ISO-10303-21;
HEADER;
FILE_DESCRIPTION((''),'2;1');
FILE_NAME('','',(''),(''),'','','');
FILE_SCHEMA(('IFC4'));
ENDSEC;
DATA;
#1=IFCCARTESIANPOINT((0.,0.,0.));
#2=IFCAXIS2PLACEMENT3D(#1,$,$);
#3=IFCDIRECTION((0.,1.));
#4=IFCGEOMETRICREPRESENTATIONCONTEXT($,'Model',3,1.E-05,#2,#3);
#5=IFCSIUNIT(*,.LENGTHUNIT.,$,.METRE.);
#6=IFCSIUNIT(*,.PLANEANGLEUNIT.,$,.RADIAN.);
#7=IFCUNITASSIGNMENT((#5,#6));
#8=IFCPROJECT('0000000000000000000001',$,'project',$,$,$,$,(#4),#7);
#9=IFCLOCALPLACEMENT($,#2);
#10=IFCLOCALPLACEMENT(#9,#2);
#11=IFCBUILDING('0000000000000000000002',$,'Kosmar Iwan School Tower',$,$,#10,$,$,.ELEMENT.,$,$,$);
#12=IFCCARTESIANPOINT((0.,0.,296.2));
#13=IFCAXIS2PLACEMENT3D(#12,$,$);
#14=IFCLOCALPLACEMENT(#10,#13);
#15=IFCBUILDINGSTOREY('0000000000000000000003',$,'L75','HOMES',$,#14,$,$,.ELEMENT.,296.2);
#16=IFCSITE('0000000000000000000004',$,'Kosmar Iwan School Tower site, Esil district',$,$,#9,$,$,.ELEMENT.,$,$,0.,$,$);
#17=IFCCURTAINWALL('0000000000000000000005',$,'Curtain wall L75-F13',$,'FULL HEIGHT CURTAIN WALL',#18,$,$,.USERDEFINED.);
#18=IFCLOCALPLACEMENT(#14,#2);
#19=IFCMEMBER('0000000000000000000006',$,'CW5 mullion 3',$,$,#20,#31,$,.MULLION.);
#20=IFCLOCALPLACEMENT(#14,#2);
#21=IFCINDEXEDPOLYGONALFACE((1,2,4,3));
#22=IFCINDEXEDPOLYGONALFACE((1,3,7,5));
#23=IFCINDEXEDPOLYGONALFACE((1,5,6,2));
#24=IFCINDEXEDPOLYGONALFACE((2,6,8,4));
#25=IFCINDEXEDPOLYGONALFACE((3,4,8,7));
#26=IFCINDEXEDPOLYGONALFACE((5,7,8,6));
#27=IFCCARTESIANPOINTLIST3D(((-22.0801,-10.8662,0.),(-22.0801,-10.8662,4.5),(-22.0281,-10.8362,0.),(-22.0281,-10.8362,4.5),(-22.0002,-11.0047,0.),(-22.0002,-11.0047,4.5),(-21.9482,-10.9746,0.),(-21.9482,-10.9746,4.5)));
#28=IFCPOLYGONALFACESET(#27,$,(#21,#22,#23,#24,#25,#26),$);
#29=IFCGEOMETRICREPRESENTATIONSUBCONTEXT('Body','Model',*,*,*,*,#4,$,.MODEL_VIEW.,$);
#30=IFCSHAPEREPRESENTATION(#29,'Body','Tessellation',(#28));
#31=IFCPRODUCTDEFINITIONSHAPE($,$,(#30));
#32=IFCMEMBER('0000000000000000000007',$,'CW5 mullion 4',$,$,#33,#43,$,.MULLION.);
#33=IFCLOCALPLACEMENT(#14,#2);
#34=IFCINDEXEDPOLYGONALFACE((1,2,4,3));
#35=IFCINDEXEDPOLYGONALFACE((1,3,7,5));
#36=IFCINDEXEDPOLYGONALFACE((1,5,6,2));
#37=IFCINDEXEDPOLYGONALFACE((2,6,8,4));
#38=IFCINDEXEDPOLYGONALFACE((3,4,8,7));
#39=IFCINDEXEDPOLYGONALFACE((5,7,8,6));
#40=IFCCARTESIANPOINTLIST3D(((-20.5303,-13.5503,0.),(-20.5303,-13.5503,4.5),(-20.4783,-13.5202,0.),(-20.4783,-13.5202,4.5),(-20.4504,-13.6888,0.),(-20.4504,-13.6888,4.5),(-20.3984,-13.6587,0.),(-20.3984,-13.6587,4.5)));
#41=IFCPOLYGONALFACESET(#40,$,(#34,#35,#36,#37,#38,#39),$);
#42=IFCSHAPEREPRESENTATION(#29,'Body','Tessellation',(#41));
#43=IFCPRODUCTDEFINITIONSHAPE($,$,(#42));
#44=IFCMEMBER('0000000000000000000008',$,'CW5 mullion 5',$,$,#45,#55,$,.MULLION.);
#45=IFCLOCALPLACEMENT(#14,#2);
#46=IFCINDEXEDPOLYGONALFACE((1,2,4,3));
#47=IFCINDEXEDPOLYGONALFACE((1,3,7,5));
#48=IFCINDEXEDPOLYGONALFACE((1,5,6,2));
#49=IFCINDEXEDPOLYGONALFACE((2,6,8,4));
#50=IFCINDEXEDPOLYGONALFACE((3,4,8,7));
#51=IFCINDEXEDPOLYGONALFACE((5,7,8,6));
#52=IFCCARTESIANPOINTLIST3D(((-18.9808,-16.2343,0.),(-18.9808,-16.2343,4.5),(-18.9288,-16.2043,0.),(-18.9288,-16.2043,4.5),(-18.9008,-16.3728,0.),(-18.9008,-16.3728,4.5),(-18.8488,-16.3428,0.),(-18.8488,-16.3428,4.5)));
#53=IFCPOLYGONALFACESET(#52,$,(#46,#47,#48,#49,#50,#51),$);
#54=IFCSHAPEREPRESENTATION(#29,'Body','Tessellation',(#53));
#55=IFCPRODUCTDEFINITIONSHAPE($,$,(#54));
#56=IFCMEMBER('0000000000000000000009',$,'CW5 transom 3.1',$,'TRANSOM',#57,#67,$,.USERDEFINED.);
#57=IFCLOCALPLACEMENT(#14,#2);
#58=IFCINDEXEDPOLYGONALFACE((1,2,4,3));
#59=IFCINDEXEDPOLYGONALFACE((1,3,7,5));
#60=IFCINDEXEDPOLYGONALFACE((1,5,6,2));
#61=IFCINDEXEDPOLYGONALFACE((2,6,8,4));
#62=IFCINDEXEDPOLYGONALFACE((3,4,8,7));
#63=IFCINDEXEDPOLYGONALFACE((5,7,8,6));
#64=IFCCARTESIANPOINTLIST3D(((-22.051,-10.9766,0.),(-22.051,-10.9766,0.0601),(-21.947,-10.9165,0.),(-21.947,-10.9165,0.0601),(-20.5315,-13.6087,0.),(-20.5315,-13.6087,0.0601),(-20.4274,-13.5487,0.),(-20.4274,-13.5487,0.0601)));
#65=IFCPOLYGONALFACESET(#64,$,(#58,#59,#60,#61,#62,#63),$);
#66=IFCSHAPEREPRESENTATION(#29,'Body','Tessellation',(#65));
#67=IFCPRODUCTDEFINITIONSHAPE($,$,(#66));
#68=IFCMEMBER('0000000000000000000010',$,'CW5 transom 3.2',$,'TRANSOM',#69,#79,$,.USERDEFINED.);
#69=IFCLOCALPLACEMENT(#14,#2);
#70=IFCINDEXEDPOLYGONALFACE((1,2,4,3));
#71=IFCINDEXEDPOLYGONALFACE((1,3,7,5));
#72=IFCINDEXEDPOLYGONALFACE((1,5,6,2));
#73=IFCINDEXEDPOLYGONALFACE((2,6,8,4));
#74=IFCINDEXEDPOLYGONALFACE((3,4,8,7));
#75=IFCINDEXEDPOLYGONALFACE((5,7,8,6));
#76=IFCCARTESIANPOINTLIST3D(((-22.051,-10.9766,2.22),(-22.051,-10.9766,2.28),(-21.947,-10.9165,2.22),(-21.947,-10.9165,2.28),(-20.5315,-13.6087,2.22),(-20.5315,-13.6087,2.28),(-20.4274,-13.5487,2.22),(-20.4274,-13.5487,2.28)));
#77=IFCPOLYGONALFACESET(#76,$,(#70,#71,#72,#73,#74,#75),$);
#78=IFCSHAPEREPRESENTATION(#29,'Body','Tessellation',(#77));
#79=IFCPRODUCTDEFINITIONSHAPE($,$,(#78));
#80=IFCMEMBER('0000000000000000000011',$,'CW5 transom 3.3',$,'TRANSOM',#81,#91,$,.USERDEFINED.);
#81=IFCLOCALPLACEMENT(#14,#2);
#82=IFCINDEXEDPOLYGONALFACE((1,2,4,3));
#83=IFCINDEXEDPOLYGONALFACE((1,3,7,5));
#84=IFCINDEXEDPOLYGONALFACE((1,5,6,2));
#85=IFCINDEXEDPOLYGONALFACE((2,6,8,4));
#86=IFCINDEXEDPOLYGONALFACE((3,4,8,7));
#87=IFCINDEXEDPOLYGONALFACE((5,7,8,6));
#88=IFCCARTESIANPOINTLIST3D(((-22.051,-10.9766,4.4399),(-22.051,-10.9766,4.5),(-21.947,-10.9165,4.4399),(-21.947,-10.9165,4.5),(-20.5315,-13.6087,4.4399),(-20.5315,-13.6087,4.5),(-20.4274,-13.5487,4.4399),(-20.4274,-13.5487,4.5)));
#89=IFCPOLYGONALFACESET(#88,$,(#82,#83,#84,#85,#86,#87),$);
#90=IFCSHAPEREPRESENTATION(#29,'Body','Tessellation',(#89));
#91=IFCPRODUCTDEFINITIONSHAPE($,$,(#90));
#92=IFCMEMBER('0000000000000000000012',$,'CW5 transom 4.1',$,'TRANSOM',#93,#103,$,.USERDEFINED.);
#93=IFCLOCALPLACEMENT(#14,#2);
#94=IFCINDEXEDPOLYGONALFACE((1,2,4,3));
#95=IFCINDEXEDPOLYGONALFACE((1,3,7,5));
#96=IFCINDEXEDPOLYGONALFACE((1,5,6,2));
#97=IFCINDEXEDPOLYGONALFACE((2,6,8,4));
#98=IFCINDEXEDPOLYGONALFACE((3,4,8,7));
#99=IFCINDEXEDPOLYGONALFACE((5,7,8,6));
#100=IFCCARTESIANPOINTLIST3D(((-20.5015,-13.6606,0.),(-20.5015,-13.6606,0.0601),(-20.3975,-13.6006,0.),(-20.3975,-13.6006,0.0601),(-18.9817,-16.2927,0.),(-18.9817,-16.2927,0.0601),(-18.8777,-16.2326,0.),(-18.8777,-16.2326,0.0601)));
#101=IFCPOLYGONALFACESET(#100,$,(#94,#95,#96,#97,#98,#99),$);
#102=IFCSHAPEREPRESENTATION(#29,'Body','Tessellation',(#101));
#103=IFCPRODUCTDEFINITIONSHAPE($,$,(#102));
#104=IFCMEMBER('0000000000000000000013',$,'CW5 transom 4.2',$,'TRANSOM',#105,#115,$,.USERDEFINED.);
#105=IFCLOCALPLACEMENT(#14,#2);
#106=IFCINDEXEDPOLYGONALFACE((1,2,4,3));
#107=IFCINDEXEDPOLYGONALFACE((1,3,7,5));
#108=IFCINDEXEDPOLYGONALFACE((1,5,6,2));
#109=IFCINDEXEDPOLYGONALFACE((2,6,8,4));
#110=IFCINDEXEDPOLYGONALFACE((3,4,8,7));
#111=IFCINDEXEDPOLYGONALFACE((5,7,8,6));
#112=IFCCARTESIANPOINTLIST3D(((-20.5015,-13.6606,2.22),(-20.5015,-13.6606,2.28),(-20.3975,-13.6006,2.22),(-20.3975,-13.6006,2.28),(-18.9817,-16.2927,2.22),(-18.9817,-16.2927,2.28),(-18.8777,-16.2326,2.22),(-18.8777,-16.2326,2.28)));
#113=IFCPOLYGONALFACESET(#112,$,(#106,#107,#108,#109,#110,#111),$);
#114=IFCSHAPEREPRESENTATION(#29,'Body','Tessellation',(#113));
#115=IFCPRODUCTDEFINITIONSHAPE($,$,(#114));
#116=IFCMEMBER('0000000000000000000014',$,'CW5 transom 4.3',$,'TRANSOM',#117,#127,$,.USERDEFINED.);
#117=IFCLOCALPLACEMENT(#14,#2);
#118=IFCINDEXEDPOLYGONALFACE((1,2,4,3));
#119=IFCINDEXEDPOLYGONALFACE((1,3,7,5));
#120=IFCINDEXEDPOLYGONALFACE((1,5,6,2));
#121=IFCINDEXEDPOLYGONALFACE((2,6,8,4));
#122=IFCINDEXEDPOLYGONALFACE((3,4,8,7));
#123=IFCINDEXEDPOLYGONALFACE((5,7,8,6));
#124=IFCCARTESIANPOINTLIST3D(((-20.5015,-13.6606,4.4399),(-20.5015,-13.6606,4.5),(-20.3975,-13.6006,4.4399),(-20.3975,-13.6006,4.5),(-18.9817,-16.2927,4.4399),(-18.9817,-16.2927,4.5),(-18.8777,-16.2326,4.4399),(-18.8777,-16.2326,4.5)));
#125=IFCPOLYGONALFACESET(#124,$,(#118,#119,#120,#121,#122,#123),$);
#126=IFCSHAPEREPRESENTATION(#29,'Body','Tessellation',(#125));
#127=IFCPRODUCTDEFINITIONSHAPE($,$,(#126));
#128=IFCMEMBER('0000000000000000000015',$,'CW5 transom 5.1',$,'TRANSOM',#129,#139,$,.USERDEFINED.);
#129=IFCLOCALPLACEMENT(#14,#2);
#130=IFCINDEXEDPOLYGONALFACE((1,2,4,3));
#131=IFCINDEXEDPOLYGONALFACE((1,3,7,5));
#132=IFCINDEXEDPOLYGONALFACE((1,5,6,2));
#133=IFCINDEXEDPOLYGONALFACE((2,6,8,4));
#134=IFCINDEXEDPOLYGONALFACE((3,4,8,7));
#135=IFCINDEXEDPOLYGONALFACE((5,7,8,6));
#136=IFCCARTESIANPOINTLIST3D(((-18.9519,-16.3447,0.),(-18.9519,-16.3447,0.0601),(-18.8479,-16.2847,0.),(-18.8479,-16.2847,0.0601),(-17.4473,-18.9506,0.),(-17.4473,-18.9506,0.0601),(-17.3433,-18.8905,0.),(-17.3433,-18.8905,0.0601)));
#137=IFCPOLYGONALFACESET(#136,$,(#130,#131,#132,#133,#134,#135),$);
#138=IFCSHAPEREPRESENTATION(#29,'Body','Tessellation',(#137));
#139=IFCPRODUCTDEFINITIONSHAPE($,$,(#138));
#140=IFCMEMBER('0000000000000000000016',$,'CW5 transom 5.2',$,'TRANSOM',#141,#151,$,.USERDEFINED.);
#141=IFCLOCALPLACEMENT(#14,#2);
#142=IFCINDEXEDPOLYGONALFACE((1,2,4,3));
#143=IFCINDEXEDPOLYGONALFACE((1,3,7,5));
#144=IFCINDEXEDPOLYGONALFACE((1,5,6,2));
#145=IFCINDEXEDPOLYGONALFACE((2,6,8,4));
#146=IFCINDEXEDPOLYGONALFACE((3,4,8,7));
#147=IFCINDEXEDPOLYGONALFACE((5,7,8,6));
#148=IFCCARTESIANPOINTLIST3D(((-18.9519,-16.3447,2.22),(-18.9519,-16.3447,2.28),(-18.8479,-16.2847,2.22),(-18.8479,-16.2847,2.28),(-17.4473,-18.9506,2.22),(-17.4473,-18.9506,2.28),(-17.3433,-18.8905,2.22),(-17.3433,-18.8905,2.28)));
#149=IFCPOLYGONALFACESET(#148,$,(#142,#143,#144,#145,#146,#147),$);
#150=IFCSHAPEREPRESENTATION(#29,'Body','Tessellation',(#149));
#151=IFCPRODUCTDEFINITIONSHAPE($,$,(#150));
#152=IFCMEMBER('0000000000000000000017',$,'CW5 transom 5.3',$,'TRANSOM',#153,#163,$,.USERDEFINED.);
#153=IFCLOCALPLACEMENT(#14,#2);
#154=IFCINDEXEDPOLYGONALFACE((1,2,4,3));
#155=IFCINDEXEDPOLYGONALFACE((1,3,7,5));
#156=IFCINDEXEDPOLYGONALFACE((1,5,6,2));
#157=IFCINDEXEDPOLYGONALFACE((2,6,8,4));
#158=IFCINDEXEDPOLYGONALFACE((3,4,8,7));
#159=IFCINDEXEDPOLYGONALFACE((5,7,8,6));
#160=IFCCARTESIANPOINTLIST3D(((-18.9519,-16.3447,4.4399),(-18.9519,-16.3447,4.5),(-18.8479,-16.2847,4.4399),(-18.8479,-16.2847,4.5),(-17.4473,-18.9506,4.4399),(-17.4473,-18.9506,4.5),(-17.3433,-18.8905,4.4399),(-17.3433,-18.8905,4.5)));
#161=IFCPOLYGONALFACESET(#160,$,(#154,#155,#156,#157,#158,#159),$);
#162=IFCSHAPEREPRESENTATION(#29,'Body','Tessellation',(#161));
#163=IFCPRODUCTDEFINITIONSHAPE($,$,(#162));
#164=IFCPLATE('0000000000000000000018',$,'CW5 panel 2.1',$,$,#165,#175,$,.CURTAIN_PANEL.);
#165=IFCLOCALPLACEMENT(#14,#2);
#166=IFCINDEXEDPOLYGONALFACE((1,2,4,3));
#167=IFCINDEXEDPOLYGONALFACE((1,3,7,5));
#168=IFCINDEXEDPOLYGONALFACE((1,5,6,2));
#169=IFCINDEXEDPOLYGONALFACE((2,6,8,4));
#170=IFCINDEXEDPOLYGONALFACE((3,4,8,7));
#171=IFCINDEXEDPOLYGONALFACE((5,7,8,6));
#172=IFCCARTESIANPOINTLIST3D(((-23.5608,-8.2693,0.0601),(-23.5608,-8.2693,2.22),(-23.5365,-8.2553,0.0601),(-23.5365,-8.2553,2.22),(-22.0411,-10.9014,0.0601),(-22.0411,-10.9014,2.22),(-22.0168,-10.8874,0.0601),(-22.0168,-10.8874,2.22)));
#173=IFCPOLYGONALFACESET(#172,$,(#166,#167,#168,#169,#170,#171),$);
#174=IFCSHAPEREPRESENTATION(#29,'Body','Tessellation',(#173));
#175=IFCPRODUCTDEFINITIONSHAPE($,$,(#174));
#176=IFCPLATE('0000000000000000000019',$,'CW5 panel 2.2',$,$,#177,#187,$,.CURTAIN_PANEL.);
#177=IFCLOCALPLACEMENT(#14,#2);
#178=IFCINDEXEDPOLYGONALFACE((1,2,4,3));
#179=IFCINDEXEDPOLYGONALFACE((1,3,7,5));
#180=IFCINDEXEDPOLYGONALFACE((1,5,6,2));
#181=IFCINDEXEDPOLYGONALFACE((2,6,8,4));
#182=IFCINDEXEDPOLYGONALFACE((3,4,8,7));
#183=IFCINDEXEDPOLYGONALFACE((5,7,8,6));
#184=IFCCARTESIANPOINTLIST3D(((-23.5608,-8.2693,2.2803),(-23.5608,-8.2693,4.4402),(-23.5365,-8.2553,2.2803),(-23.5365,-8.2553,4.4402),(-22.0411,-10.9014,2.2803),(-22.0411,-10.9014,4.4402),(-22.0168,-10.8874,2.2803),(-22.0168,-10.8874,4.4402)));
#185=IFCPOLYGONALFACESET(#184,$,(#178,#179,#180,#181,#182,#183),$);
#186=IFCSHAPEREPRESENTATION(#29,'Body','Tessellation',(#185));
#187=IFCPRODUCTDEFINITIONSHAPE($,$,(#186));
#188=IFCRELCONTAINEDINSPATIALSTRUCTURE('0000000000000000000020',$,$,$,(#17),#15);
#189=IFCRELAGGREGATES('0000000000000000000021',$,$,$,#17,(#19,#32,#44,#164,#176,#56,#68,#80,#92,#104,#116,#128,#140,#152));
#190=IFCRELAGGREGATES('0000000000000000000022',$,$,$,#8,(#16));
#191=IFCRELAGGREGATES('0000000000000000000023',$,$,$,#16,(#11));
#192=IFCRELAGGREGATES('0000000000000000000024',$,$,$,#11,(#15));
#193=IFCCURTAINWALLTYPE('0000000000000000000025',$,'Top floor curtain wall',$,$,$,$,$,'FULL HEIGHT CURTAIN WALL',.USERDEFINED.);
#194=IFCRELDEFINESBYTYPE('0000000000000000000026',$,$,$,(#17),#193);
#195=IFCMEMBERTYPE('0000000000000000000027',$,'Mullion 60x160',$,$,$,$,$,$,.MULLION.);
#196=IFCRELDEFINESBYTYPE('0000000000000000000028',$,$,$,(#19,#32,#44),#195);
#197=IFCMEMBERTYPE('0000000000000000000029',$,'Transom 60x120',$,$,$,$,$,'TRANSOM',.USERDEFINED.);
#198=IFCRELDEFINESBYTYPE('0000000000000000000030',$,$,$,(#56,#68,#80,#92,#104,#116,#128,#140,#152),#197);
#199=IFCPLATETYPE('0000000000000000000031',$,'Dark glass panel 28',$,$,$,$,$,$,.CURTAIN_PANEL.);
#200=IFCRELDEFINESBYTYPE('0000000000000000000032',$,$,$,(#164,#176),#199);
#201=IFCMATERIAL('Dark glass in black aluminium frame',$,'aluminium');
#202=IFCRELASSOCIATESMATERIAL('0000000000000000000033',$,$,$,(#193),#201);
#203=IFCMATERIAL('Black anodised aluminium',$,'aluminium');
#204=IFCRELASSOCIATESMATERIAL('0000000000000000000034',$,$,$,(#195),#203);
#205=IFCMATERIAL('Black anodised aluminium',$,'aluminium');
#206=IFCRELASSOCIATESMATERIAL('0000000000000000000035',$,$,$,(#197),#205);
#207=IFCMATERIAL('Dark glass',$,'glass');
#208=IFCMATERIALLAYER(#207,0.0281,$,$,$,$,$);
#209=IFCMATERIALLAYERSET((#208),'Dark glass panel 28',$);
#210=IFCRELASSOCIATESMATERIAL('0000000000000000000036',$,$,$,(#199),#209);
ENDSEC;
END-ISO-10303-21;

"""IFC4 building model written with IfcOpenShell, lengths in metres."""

from ifc_helpers import new_model, si_unit, direction, frame, origin, origin_2d, place, context, subcontext, project, spatial, rectangle, extrude, material, layer, layer_set, material_profile, profile_set, type_object, element, aggregate, save


model = new_model("IFC4")

# Units and contexts
model_context = context("Model", 3, precision=1e-05, world=origin(), true_north=direction((0.0, 1.0)))
body_context = subcontext(model_context, "Body", "Model", "MODEL_VIEW")
ifc_project = project(units=[si_unit("LENGTHUNIT", "METRE"), si_unit("PLANEANGLEUNIT", "RADIAN")], contexts=[model_context])

# Site, building, storey
site_placement = place(None, origin())
site = spatial("IfcSite", under=ifc_project, at=site_placement, Name="Kosmar Iwan School Tower site, Esil district", CompositionType="ELEMENT", RefElevation=0.0)
building_placement = place(site_placement, origin())
building = spatial("IfcBuilding", under=site, at=building_placement, Name="Kosmar Iwan School Tower", CompositionType="ELEMENT")
storey_placement = place(building_placement, frame((0.0, 0.0, 296.2)))
storey = spatial("IfcBuildingStorey", under=building, at=storey_placement, Name="L75", Description="HOMES", CompositionType="ELEMENT", Elevation=296.2)

# Curtain wall, members, plates
ifc_material_1 = material(Name="Dark glass in black aluminium frame", Category="aluminium")
curtain_wall_type = type_object("IfcCurtainWallType", Name="Top floor curtain wall", ElementType="FULL HEIGHT CURTAIN WALL", PredefinedType="USERDEFINED", material=ifc_material_1)
curtain_wall_placement = place(storey_placement, origin())
curtain_wall = element("IfcCurtainWall", 1, at=curtain_wall_placement, inside=storey, type_object=curtain_wall_type, Name="Curtain wall L75-F13", ObjectType="FULL HEIGHT CURTAIN WALL", PredefinedType="USERDEFINED")
ifc_material_2 = material(Name="Black anodised aluminium", Category="aluminium")
ifc_material_profile_1 = material_profile(ifc_material_2, rectangle(XDim=0.0601, YDim=0.1599, at=origin_2d()), Name="MULLION 60x160")
ifc_profile_set_1 = profile_set([ifc_material_profile_1], Name="Black anodised aluminium")
member_type_1 = type_object("IfcMemberType", Name="Mullion 60x160", PredefinedType="MULLION", material=ifc_profile_set_1)
member_1_placement = place(storey_placement, frame((-22.0142, -10.9204, 0.0), z_axis=(0.0, 0.0, 1.0), x_axis=(0.866025, 0.5, 0.0)))
member_1 = element("IfcMember", 2, at=member_1_placement, type_object=member_type_1, Name="CW5 mullion 3", PredefinedType="MULLION", context=body_context, shape_type="SweptSolid", body=[
    extrude(rectangle(XDim=0.0601, YDim=0.1599, at=origin_2d()), origin(), (0.0, 0.0, 1.0), 4.5),
])
member_2_placement = place(storey_placement, frame((-20.4644, -13.6045, 0.0), z_axis=(0.0, 0.0, 1.0), x_axis=(0.866025, 0.5, 0.0)))
member_2 = element("IfcMember", 3, at=member_2_placement, type_object=member_type_1, Name="CW5 mullion 4", PredefinedType="MULLION", context=body_context, shape_type="SweptSolid", body=[
    extrude(rectangle(XDim=0.0601, YDim=0.1599, at=origin_2d()), origin(), (0.0, 0.0, 1.0), 4.5),
])
member_3_placement = place(storey_placement, frame((-18.9148, -16.2886, 0.0), z_axis=(0.0, 0.0, 1.0), x_axis=(0.866025, 0.5, 0.0)))
member_3 = element("IfcMember", 4, at=member_3_placement, type_object=member_type_1, Name="CW5 mullion 5", PredefinedType="MULLION", context=body_context, shape_type="SweptSolid", body=[
    extrude(rectangle(XDim=0.0601, YDim=0.1599, at=origin_2d()), origin(), (0.0, 0.0, 1.0), 4.5),
])
ifc_material_3 = material(Name="Black anodised aluminium", Category="aluminium")
ifc_material_profile_2 = material_profile(ifc_material_3, rectangle(XDim=0.1201, YDim=0.0601, at=origin_2d()), Name="TRANSOM 60x120")
ifc_profile_set_2 = profile_set([ifc_material_profile_2], Name="Black anodised aluminium")
member_type_2 = type_object("IfcMemberType", Name="Transom 60x120", ElementType="TRANSOM", PredefinedType="USERDEFINED", material=ifc_profile_set_2)
member_4_placement = place(storey_placement, frame((-21.999, -10.9465, 0.03), z_axis=(0.499975, -0.86604, 0.0), x_axis=(0.86604, 0.499975, 0.0)))
member_4 = element("IfcMember", 5, at=member_4_placement, type_object=member_type_2, Name="CW5 transom 3.1", ObjectType="TRANSOM", PredefinedType="USERDEFINED", context=body_context, shape_type="SweptSolid", body=[
    extrude(rectangle(XDim=0.1201, YDim=0.0601, at=origin_2d()), origin(), (0.0, 0.0, 1.0), 3.0393),
])
member_5_placement = place(storey_placement, frame((-21.999, -10.9465, 2.25), z_axis=(0.499975, -0.86604, 0.0), x_axis=(0.86604, 0.499975, 0.0)))
member_5 = element("IfcMember", 6, at=member_5_placement, type_object=member_type_2, Name="CW5 transom 3.2", ObjectType="TRANSOM", PredefinedType="USERDEFINED", context=body_context, shape_type="SweptSolid", body=[
    extrude(rectangle(XDim=0.1201, YDim=0.0601, at=origin_2d()), origin(), (0.0, 0.0, 1.0), 3.0393),
])
member_6_placement = place(storey_placement, frame((-21.999, -10.9465, 4.47), z_axis=(0.499975, -0.86604, 0.0), x_axis=(0.86604, 0.499975, 0.0)))
member_6 = element("IfcMember", 7, at=member_6_placement, type_object=member_type_2, Name="CW5 transom 3.3", ObjectType="TRANSOM", PredefinedType="USERDEFINED", context=body_context, shape_type="SweptSolid", body=[
    extrude(rectangle(XDim=0.1201, YDim=0.0601, at=origin_2d()), origin(), (0.0, 0.0, 1.0), 3.0393),
])
member_7_placement = place(storey_placement, frame((-20.4495, -13.6306, 0.03), z_axis=(0.500035, -0.866005, 0.0), x_axis=(0.866005, 0.500035, 0.0)))
member_7 = element("IfcMember", 8, at=member_7_placement, type_object=member_type_2, Name="CW5 transom 4.1", ObjectType="TRANSOM", PredefinedType="USERDEFINED", context=body_context, shape_type="SweptSolid", body=[
    extrude(rectangle(XDim=0.1201, YDim=0.0601, at=origin_2d()), origin(), (0.0, 0.0, 1.0), 3.0393),
])
member_8_placement = place(storey_placement, frame((-20.4495, -13.6306, 2.25), z_axis=(0.500035, -0.866005, 0.0), x_axis=(0.866005, 0.500035, 0.0)))
member_8 = element("IfcMember", 9, at=member_8_placement, type_object=member_type_2, Name="CW5 transom 4.2", ObjectType="TRANSOM", PredefinedType="USERDEFINED", context=body_context, shape_type="SweptSolid", body=[
    extrude(rectangle(XDim=0.1201, YDim=0.0601, at=origin_2d()), origin(), (0.0, 0.0, 1.0), 3.0393),
])
member_9_placement = place(storey_placement, frame((-20.4495, -13.6306, 4.47), z_axis=(0.500035, -0.866005, 0.0), x_axis=(0.866005, 0.500035, 0.0)))
member_9 = element("IfcMember", 10, at=member_9_placement, type_object=member_type_2, Name="CW5 transom 4.3", ObjectType="TRANSOM", PredefinedType="USERDEFINED", context=body_context, shape_type="SweptSolid", body=[
    extrude(rectangle(XDim=0.1201, YDim=0.0601, at=origin_2d()), origin(), (0.0, 0.0, 1.0), 3.0393),
])
member_10_placement = place(storey_placement, frame((-18.8999, -16.3147, 0.03), z_axis=(0.500022, -0.866013, 0.0), x_axis=(0.866013, 0.500022, 0.0)))
member_10 = element("IfcMember", 11, at=member_10_placement, type_object=member_type_2, Name="CW5 transom 5.1", ObjectType="TRANSOM", PredefinedType="USERDEFINED", context=body_context, shape_type="SweptSolid", body=[
    extrude(rectangle(XDim=0.1201, YDim=0.0601, at=origin_2d()), origin(), (0.0, 0.0, 1.0), 3.009),
])
member_11_placement = place(storey_placement, frame((-18.8999, -16.3147, 2.25), z_axis=(0.500022, -0.866013, 0.0), x_axis=(0.866013, 0.500022, 0.0)))
member_11 = element("IfcMember", 12, at=member_11_placement, type_object=member_type_2, Name="CW5 transom 5.2", ObjectType="TRANSOM", PredefinedType="USERDEFINED", context=body_context, shape_type="SweptSolid", body=[
    extrude(rectangle(XDim=0.1201, YDim=0.0601, at=origin_2d()), origin(), (0.0, 0.0, 1.0), 3.009),
])
member_12_placement = place(storey_placement, frame((-18.8999, -16.3147, 4.47), z_axis=(0.500022, -0.866013, 0.0), x_axis=(0.866013, 0.500022, 0.0)))
member_12 = element("IfcMember", 13, at=member_12_placement, type_object=member_type_2, Name="CW5 transom 5.3", ObjectType="TRANSOM", PredefinedType="USERDEFINED", context=body_context, shape_type="SweptSolid", body=[
    extrude(rectangle(XDim=0.1201, YDim=0.0601, at=origin_2d()), origin(), (0.0, 0.0, 1.0), 3.009),
])
ifc_material_4 = material(Name="Dark glass", Category="glass")
ifc_layer_1 = layer(ifc_material_4, 0.0281)
ifc_layer_set_1 = layer_set([ifc_layer_1], Name="Dark glass panel 28")
plate_type = type_object("IfcPlateType", Name="Dark glass panel 28", PredefinedType="CURTAIN_PANEL", material=ifc_layer_set_1)
plate_1_placement = place(storey_placement, frame((-22.7888, -9.5784, 0.0601), z_axis=(0.0, 0.0, 1.0), x_axis=(0.5, -0.866025, 0.0)))
plate_1 = element("IfcPlate", 14, at=plate_1_placement, type_object=plate_type, Name="CW5 panel 2.1", PredefinedType="CURTAIN_PANEL", context=body_context, shape_type="SweptSolid", body=[
    extrude(rectangle(XDim=3.0393, YDim=0.0281, at=origin_2d()), origin(), (0.0, 0.0, 1.0), 2.1599),
])
plate_2_placement = place(storey_placement, frame((-22.7888, -9.5784, 2.2803), z_axis=(0.0, 0.0, 1.0), x_axis=(0.5, -0.866025, 0.0)))
plate_2 = element("IfcPlate", 15, at=plate_2_placement, type_object=plate_type, Name="CW5 panel 2.2", PredefinedType="CURTAIN_PANEL", context=body_context, shape_type="SweptSolid", body=[
    extrude(rectangle(XDim=3.0393, YDim=0.0281, at=origin_2d()), origin(), (0.0, 0.0, 1.0), 2.1599),
])
aggregate(curtain_wall, [member_1, member_2, member_3, plate_1, plate_2, member_4, member_5, member_6, member_7, member_8, member_9, member_10, member_11, member_12])

save(model, "model.ifc")
